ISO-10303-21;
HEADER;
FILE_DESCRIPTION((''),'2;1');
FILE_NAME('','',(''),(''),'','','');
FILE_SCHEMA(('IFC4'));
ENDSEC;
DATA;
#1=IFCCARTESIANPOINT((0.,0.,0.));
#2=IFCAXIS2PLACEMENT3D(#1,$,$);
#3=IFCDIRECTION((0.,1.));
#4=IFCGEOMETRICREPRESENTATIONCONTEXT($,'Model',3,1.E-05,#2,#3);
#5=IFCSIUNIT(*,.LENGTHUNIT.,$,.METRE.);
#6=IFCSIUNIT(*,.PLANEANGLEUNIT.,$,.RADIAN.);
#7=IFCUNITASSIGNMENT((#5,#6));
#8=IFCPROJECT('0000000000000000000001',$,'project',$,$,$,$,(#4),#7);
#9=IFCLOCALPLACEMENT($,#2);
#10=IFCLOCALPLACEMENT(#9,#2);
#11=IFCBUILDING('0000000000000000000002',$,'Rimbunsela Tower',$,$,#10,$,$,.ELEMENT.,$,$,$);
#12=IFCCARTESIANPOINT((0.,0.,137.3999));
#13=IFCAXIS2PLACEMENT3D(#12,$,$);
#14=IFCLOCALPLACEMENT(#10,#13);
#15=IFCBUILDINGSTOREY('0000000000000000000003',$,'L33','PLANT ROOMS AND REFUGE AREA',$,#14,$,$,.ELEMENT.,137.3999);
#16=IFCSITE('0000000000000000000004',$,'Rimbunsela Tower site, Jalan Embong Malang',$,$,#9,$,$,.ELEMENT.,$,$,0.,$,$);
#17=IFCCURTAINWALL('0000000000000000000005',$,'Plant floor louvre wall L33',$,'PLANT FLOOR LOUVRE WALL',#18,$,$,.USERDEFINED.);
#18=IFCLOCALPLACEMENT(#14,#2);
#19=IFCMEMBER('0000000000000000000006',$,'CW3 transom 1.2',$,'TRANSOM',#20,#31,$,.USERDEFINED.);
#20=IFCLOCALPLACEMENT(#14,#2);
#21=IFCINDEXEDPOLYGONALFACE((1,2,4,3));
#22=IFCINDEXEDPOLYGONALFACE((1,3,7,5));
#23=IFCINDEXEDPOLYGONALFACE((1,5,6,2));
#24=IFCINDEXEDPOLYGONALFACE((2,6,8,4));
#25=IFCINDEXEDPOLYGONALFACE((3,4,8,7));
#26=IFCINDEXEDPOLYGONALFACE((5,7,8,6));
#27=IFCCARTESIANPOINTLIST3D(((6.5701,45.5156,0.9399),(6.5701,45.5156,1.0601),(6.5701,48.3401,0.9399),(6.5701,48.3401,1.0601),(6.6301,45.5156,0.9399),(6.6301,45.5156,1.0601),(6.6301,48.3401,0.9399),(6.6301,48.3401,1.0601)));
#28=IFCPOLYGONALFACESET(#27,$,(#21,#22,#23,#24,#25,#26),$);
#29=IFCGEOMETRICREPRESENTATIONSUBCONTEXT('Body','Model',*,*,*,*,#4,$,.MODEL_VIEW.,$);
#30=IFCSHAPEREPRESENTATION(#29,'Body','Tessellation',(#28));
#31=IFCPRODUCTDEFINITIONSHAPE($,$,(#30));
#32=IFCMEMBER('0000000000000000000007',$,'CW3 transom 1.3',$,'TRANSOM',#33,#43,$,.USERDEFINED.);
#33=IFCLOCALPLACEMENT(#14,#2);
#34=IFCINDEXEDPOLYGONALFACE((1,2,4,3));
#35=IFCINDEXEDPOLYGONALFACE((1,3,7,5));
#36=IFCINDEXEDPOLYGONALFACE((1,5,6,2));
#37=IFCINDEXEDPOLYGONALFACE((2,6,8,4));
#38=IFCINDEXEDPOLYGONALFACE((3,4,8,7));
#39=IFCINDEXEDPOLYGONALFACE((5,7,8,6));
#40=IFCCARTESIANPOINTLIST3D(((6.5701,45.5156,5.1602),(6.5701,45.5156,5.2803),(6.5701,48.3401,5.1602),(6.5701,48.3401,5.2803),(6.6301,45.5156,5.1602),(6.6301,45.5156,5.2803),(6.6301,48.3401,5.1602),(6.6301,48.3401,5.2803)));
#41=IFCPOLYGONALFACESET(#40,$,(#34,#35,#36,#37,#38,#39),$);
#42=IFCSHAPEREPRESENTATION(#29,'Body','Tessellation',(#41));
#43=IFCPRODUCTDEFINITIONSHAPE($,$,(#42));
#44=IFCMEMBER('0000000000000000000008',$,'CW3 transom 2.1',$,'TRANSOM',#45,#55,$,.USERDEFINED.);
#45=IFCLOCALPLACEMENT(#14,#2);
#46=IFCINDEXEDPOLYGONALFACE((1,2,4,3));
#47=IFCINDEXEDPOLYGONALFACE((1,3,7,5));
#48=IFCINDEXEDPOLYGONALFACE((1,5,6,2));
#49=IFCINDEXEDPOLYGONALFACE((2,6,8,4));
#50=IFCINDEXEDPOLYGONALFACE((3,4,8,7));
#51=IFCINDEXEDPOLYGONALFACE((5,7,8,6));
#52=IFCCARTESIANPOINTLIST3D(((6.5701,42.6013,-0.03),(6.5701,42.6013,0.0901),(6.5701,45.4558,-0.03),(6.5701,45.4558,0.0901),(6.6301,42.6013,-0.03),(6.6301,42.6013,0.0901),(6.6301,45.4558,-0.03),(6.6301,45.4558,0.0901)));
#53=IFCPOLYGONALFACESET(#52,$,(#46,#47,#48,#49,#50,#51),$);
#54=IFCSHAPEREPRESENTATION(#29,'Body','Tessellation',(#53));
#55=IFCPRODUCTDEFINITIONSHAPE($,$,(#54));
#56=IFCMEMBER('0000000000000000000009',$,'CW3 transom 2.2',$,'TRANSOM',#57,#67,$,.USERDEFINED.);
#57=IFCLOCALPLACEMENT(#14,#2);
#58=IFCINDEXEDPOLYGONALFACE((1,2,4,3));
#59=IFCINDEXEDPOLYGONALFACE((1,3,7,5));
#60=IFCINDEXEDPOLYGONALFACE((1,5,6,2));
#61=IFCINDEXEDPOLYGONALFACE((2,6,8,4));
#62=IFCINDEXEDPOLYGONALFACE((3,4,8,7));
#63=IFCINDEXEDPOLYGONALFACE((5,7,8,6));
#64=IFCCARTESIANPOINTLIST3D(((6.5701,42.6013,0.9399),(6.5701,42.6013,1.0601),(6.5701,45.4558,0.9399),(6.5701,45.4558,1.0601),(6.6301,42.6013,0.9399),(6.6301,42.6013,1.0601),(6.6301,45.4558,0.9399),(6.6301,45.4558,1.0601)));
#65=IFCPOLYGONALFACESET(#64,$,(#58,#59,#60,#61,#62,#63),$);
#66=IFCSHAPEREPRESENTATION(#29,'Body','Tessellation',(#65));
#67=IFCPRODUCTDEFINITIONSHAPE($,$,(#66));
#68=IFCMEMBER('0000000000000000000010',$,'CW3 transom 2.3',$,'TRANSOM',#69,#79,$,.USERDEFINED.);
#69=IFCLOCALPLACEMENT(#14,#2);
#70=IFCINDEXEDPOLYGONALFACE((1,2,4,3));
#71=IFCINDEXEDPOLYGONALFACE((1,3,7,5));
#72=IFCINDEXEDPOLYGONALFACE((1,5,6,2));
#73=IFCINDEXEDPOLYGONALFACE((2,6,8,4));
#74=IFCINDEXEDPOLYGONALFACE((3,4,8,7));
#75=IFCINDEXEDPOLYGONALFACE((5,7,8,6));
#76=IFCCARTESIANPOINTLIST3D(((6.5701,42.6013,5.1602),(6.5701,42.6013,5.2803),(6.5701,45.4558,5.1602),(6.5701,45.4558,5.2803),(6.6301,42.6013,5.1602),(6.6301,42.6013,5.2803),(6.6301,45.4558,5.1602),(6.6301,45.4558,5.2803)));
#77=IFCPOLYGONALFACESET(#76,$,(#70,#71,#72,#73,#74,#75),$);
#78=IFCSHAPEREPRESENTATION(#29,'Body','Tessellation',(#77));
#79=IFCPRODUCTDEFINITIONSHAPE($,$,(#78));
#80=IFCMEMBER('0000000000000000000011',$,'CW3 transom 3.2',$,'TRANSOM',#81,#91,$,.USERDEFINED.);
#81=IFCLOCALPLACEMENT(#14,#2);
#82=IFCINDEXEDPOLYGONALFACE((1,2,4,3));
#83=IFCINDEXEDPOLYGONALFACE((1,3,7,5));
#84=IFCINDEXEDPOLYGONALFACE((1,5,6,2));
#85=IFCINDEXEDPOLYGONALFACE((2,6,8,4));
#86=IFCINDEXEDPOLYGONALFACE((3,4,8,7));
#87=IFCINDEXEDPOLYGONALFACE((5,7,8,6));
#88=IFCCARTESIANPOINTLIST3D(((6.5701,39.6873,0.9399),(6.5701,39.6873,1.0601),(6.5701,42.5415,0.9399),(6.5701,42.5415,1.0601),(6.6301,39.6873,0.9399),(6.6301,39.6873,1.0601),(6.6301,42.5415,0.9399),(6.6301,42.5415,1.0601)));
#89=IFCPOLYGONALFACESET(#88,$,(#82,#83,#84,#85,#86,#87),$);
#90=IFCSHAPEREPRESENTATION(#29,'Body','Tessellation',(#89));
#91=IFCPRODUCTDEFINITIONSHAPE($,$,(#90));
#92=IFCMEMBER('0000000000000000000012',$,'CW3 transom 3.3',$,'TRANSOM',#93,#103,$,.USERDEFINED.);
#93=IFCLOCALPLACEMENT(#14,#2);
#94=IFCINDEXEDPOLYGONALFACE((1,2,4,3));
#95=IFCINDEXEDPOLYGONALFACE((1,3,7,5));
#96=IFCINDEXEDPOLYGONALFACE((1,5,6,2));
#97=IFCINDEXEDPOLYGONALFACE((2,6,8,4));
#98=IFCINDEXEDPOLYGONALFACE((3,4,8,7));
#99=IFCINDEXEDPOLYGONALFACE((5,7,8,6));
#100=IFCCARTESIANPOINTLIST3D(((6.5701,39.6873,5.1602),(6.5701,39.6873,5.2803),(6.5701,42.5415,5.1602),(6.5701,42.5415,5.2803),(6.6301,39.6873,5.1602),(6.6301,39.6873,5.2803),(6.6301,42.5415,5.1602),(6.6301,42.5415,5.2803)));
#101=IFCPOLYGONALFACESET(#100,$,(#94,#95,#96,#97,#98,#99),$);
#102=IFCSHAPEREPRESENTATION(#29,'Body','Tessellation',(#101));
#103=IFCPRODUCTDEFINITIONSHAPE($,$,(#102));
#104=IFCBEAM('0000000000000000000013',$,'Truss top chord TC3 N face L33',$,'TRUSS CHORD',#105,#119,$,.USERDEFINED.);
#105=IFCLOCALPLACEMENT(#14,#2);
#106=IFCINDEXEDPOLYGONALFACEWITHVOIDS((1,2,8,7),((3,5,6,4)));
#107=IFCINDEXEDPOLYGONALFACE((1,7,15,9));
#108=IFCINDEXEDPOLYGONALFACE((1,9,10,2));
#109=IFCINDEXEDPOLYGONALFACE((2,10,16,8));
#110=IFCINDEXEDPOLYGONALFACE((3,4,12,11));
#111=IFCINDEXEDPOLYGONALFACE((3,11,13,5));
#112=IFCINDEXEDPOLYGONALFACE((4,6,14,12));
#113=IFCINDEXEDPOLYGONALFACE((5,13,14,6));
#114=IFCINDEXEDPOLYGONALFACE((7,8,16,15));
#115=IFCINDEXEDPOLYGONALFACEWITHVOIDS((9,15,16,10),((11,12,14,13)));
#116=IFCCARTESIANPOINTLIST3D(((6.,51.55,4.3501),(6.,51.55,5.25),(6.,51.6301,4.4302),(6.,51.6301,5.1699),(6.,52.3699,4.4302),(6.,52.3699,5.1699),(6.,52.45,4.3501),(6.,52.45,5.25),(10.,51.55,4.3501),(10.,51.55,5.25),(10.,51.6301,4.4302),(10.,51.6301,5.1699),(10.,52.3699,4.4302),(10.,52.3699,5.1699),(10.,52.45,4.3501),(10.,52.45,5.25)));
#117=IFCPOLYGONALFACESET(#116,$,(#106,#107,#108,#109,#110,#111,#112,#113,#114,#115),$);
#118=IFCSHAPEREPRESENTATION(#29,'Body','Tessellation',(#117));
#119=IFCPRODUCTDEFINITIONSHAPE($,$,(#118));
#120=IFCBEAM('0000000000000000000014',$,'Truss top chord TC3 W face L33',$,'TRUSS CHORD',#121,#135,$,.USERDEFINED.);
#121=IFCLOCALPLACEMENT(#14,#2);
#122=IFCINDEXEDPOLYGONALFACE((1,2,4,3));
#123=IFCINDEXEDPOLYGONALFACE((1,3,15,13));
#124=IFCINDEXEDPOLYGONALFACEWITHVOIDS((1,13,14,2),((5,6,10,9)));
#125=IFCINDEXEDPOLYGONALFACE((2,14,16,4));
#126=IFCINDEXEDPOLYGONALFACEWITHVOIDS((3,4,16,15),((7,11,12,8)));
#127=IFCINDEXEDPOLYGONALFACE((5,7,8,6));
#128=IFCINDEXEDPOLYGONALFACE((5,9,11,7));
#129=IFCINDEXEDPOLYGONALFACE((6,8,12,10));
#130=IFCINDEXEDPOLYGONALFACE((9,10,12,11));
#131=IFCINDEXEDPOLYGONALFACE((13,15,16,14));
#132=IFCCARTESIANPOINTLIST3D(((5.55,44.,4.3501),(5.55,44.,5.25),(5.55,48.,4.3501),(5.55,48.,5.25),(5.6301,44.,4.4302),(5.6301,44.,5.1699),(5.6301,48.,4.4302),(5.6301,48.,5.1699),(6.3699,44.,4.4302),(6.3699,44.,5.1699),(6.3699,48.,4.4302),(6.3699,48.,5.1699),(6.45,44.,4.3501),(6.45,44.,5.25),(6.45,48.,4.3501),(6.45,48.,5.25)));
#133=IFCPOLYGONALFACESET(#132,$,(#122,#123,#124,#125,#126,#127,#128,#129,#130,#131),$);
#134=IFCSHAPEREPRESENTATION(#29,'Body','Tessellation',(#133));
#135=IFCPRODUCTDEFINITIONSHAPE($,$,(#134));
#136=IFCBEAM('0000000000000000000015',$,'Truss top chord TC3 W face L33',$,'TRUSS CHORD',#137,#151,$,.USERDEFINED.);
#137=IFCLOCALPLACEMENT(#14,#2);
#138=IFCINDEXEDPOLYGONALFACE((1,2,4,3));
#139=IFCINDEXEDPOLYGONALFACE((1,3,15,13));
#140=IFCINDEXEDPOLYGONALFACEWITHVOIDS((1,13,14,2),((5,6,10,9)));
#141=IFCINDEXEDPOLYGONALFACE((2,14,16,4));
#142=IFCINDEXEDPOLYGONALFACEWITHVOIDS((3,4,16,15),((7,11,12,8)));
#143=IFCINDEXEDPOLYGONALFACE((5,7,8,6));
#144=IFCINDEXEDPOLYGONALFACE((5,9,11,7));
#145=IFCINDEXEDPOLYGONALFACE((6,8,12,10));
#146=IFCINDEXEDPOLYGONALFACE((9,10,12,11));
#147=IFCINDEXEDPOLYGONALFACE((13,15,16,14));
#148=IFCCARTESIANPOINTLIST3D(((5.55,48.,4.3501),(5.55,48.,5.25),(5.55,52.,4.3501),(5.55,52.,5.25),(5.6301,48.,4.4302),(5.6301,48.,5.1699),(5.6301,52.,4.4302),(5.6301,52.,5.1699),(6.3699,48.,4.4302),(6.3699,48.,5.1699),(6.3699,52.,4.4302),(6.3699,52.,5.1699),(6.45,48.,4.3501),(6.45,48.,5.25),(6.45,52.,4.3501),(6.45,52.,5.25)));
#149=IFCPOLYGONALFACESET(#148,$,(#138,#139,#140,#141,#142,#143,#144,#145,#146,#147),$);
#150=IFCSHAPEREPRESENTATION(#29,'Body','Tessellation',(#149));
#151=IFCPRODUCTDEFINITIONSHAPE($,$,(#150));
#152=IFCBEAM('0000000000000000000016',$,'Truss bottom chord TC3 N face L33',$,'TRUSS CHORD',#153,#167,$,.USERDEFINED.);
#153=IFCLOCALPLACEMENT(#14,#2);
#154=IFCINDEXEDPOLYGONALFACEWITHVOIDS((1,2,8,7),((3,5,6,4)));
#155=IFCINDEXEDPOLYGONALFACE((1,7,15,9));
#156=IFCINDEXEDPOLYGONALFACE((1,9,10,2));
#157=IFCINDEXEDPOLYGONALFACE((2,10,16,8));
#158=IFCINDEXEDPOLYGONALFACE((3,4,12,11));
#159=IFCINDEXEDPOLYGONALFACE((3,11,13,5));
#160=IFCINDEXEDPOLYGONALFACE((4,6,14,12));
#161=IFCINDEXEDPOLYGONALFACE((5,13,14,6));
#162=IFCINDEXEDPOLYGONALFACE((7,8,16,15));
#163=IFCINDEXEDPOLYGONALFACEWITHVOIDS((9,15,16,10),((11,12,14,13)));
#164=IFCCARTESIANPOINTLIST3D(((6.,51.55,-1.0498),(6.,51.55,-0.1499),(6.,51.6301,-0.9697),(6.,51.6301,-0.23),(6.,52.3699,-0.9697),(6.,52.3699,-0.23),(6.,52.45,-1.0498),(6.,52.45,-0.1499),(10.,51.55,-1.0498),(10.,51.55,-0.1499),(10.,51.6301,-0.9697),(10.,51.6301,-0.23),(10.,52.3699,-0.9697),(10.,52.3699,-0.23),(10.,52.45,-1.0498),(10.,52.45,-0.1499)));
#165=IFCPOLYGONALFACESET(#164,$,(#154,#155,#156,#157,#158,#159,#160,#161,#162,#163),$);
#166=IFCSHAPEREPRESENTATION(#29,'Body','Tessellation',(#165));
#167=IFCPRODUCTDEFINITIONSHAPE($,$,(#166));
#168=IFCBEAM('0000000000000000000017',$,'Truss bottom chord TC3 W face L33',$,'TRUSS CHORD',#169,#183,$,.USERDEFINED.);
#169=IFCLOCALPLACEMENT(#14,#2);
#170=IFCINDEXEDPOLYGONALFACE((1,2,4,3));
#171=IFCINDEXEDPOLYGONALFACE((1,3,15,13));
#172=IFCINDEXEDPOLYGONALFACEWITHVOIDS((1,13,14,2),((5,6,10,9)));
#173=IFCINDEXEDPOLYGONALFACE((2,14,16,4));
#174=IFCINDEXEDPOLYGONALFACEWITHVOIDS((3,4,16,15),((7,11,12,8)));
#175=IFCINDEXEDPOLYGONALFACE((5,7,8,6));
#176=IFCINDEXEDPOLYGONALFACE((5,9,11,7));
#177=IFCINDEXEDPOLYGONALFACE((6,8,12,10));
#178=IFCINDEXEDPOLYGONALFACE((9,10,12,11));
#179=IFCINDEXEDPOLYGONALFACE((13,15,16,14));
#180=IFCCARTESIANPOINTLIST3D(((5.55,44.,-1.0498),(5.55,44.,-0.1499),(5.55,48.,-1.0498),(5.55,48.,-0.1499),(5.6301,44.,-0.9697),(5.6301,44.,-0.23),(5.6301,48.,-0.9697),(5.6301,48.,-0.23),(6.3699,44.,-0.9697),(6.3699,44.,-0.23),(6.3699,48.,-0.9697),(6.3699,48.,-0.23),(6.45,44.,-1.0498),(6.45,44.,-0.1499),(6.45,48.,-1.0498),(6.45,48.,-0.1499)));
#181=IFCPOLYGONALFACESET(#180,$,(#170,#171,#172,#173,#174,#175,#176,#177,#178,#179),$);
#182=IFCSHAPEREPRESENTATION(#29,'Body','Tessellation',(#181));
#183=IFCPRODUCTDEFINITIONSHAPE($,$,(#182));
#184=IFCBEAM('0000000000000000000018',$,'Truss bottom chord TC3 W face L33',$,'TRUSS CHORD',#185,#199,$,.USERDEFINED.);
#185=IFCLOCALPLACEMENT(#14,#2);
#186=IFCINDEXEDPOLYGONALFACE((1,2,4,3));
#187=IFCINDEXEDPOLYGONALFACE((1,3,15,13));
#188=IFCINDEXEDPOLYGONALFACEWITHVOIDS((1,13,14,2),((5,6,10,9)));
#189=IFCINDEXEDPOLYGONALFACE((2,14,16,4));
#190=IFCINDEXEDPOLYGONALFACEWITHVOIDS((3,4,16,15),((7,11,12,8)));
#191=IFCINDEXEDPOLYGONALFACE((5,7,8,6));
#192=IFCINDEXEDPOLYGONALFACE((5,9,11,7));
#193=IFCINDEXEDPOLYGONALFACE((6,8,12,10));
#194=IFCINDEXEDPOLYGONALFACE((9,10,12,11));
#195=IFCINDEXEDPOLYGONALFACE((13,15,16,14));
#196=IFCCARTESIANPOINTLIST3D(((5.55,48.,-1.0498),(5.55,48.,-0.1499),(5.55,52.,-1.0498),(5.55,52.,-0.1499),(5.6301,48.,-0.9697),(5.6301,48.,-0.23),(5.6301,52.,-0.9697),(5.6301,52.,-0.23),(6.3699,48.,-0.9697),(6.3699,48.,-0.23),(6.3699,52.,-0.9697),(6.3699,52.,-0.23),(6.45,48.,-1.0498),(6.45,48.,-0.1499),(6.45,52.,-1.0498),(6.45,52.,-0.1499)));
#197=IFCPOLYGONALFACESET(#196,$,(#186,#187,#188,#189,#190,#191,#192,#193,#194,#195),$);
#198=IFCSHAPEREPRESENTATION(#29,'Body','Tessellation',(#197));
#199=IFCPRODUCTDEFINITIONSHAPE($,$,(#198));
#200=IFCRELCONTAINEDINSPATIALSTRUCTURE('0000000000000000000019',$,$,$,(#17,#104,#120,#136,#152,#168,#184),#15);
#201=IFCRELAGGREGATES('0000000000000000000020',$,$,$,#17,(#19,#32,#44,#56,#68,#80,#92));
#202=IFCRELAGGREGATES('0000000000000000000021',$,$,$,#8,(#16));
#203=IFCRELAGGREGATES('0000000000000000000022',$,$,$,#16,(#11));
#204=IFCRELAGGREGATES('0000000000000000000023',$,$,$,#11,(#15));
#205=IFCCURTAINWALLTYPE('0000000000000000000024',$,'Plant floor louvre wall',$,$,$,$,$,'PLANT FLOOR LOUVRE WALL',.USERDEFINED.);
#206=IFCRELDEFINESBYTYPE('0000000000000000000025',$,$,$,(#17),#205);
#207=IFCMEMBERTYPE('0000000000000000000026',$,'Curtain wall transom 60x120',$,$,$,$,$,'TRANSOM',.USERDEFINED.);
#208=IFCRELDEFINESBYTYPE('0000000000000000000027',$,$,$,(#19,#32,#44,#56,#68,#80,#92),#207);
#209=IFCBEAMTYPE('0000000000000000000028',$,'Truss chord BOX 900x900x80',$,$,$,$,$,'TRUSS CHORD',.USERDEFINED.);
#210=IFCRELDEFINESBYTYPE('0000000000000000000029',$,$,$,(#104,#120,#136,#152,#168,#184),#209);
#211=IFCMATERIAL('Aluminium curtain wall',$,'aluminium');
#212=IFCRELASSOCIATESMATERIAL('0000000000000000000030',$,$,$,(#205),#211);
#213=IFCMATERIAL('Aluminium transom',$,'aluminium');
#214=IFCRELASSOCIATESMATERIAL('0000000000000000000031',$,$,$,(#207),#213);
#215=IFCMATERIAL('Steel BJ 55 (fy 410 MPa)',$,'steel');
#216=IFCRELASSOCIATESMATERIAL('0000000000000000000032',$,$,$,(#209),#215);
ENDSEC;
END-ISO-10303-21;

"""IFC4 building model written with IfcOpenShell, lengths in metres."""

from ifc_helpers import new_model, si_unit, direction, frame, origin, origin_2d, place, context, subcontext, project, spatial, rectangle, hollow_rectangle, extrude, material, material_profile, profile_set, type_object, element, aggregate, save


model = new_model("IFC4")

# Units and contexts
model_context = context("Model", 3, precision=1e-05, world=origin(), true_north=direction((0.0, 1.0)))
body_context = subcontext(model_context, "Body", "Model", "MODEL_VIEW")
ifc_project = project(units=[si_unit("LENGTHUNIT", "METRE"), si_unit("PLANEANGLEUNIT", "RADIAN")], contexts=[model_context])

# Site, building, storey
site_placement = place(None, origin())
site = spatial("IfcSite", under=ifc_project, at=site_placement, Name="Rimbunsela Tower site, Jalan Embong Malang", CompositionType="ELEMENT", RefElevation=0.0)
building_placement = place(site_placement, origin())
building = spatial("IfcBuilding", under=site, at=building_placement, Name="Rimbunsela Tower", CompositionType="ELEMENT")
storey_placement = place(building_placement, frame((0.0, 0.0, 137.3999)))
storey = spatial("IfcBuildingStorey", under=building, at=storey_placement, Name="L33", Description="PLANT ROOMS AND REFUGE AREA", CompositionType="ELEMENT", Elevation=137.3999)

# Shared definitions
ifc_material_1 = material(Name="Aluminium curtain wall", Category="aluminium")
curtain_wall_type_1 = type_object("IfcCurtainWallType", Name="Plant floor louvre wall", ElementType="PLANT FLOOR LOUVRE WALL", PredefinedType="USERDEFINED", material=ifc_material_1)

# Curtain wall
curtain_wall_1_placement = place(storey_placement, origin())
curtain_wall_1 = element("IfcCurtainWall", 1, at=curtain_wall_1_placement, inside=storey, type_object=curtain_wall_type_1, Name="Plant floor louvre wall L33", ObjectType="PLANT FLOOR LOUVRE WALL", PredefinedType="USERDEFINED")

# Members
ifc_material_2 = material(Name="Aluminium transom", Category="aluminium")
ifc_material_profile_1 = material_profile(ifc_material_2, rectangle(XDim=0.0601, YDim=0.1201, at=origin_2d()), Name="Transom 60x120")
ifc_profile_set_1 = profile_set([ifc_material_profile_1], Name="Aluminium transom")
member_type_1 = type_object("IfcMemberType", Name="Curtain wall transom 60x120", ElementType="TRANSOM", PredefinedType="USERDEFINED", material=ifc_profile_set_1)
member_1_placement = place(storey_placement, frame((6.6001, 48.3401, 1.0), z_axis=(0.0, -1.0, 0.0), x_axis=(1.0, 0.0, 0.0)))
member_1 = element("IfcMember", 2, at=member_1_placement, type_object=member_type_1, Name="CW3 transom 1.2", ObjectType="TRANSOM", PredefinedType="USERDEFINED", context=body_context, shape_type="SweptSolid", body=[
    extrude(rectangle(XDim=0.0601, YDim=0.1201, at=origin_2d()), origin(), (0.0, 0.0, 1.0), 2.8245),
])
member_2_placement = place(storey_placement, frame((6.6001, 48.3401, 5.2202), z_axis=(0.0, -1.0, 0.0), x_axis=(1.0, 0.0, 0.0)))
member_2 = element("IfcMember", 3, at=member_2_placement, type_object=member_type_1, Name="CW3 transom 1.3", ObjectType="TRANSOM", PredefinedType="USERDEFINED", context=body_context, shape_type="SweptSolid", body=[
    extrude(rectangle(XDim=0.0601, YDim=0.1201, at=origin_2d()), origin(), (0.0, 0.0, 1.0), 2.8245),
])
member_3_placement = place(storey_placement, frame((6.6001, 45.4558, 0.03), z_axis=(0.0, -1.0, 0.0), x_axis=(1.0, 0.0, 0.0)))
member_3 = element("IfcMember", 4, at=member_3_placement, type_object=member_type_1, Name="CW3 transom 2.1", ObjectType="TRANSOM", PredefinedType="USERDEFINED", context=body_context, shape_type="SweptSolid", body=[
    extrude(rectangle(XDim=0.0601, YDim=0.1201, at=origin_2d()), origin(), (0.0, 0.0, 1.0), 2.8545),
])
member_4_placement = place(storey_placement, frame((6.6001, 45.4558, 1.0), z_axis=(0.0, -1.0, 0.0), x_axis=(1.0, 0.0, 0.0)))
member_4 = element("IfcMember", 5, at=member_4_placement, type_object=member_type_1, Name="CW3 transom 2.2", ObjectType="TRANSOM", PredefinedType="USERDEFINED", context=body_context, shape_type="SweptSolid", body=[
    extrude(rectangle(XDim=0.0601, YDim=0.1201, at=origin_2d()), origin(), (0.0, 0.0, 1.0), 2.8545),
])
member_5_placement = place(storey_placement, frame((6.6001, 45.4558, 5.2202), z_axis=(0.0, -1.0, 0.0), x_axis=(1.0, 0.0, 0.0)))
member_5 = element("IfcMember", 6, at=member_5_placement, type_object=member_type_1, Name="CW3 transom 2.3", ObjectType="TRANSOM", PredefinedType="USERDEFINED", context=body_context, shape_type="SweptSolid", body=[
    extrude(rectangle(XDim=0.0601, YDim=0.1201, at=origin_2d()), origin(), (0.0, 0.0, 1.0), 2.8545),
])
member_6_placement = place(storey_placement, frame((6.6001, 42.5415, 1.0), z_axis=(0.0, -1.0, 0.0), x_axis=(1.0, 0.0, 0.0)))
member_6 = element("IfcMember", 7, at=member_6_placement, type_object=member_type_1, Name="CW3 transom 3.2", ObjectType="TRANSOM", PredefinedType="USERDEFINED", context=body_context, shape_type="SweptSolid", body=[
    extrude(rectangle(XDim=0.0601, YDim=0.1201, at=origin_2d()), origin(), (0.0, 0.0, 1.0), 2.8542),
])
member_7_placement = place(storey_placement, frame((6.6001, 42.5415, 5.2202), z_axis=(0.0, -1.0, 0.0), x_axis=(1.0, 0.0, 0.0)))
member_7 = element("IfcMember", 8, at=member_7_placement, type_object=member_type_1, Name="CW3 transom 3.3", ObjectType="TRANSOM", PredefinedType="USERDEFINED", context=body_context, shape_type="SweptSolid", body=[
    extrude(rectangle(XDim=0.0601, YDim=0.1201, at=origin_2d()), origin(), (0.0, 0.0, 1.0), 2.8542),
])

# Beams
ifc_material_3 = material(Name="Steel BJ 55 (fy 410 MPa)", Category="steel")
ifc_material_profile_2 = material_profile(ifc_material_3, hollow_rectangle(XDim=0.8999, YDim=0.8999, WallThickness=0.0801, at=origin_2d()), Name="BOX 900x900x80")
ifc_profile_set_2 = profile_set([ifc_material_profile_2], Name="Steel BJ 55 (fy 410 MPa)")
beam_type = type_object("IfcBeamType", Name="Truss chord BOX 900x900x80", ElementType="TRUSS CHORD", PredefinedType="USERDEFINED", material=ifc_profile_set_2)
for number, where, z_axis, x_axis, name in (
    (9, (6.0, 52.0, 4.8), (1.0, 0.0, 0.0), (0.0, 1.0, 0.0), "Truss top chord TC3 N face L33"),
    (10, (6.0, 44.0, 4.8), (0.0, 1.0, 0.0), (-1.0, 0.0, 0.0), "Truss top chord TC3 W face L33"),
    (11, (6.0, 48.0, 4.8), (0.0, 1.0, 0.0), (-1.0, 0.0, 0.0), "Truss top chord TC3 W face L33"),
    (12, (6.0, 52.0, -0.5999), (1.0, 0.0, 0.0), (0.0, 1.0, 0.0), "Truss bottom chord TC3 N face L33"),
    (13, (6.0, 44.0, -0.5999), (0.0, 1.0, 0.0), (-1.0, 0.0, 0.0), "Truss bottom chord TC3 W face L33"),
    (14, (6.0, 48.0, -0.5999), (0.0, 1.0, 0.0), (-1.0, 0.0, 0.0), "Truss bottom chord TC3 W face L33"),
):
    element("IfcBeam", number, at=place(storey_placement, frame(where, z_axis=z_axis, x_axis=x_axis)), inside=storey, type_object=beam_type, Name=name, ObjectType="TRUSS CHORD", PredefinedType="USERDEFINED", context=body_context, shape_type="SweptSolid", body=[
        extrude(hollow_rectangle(XDim=0.8999, YDim=0.8999, WallThickness=0.0801, at=origin_2d()), origin(), (0.0, 0.0, 1.0), 4.0),
    ])

aggregate(curtain_wall_1, [member_1, member_2, member_3, member_4, member_5, member_6, member_7])

save(model, "model.ifc")
